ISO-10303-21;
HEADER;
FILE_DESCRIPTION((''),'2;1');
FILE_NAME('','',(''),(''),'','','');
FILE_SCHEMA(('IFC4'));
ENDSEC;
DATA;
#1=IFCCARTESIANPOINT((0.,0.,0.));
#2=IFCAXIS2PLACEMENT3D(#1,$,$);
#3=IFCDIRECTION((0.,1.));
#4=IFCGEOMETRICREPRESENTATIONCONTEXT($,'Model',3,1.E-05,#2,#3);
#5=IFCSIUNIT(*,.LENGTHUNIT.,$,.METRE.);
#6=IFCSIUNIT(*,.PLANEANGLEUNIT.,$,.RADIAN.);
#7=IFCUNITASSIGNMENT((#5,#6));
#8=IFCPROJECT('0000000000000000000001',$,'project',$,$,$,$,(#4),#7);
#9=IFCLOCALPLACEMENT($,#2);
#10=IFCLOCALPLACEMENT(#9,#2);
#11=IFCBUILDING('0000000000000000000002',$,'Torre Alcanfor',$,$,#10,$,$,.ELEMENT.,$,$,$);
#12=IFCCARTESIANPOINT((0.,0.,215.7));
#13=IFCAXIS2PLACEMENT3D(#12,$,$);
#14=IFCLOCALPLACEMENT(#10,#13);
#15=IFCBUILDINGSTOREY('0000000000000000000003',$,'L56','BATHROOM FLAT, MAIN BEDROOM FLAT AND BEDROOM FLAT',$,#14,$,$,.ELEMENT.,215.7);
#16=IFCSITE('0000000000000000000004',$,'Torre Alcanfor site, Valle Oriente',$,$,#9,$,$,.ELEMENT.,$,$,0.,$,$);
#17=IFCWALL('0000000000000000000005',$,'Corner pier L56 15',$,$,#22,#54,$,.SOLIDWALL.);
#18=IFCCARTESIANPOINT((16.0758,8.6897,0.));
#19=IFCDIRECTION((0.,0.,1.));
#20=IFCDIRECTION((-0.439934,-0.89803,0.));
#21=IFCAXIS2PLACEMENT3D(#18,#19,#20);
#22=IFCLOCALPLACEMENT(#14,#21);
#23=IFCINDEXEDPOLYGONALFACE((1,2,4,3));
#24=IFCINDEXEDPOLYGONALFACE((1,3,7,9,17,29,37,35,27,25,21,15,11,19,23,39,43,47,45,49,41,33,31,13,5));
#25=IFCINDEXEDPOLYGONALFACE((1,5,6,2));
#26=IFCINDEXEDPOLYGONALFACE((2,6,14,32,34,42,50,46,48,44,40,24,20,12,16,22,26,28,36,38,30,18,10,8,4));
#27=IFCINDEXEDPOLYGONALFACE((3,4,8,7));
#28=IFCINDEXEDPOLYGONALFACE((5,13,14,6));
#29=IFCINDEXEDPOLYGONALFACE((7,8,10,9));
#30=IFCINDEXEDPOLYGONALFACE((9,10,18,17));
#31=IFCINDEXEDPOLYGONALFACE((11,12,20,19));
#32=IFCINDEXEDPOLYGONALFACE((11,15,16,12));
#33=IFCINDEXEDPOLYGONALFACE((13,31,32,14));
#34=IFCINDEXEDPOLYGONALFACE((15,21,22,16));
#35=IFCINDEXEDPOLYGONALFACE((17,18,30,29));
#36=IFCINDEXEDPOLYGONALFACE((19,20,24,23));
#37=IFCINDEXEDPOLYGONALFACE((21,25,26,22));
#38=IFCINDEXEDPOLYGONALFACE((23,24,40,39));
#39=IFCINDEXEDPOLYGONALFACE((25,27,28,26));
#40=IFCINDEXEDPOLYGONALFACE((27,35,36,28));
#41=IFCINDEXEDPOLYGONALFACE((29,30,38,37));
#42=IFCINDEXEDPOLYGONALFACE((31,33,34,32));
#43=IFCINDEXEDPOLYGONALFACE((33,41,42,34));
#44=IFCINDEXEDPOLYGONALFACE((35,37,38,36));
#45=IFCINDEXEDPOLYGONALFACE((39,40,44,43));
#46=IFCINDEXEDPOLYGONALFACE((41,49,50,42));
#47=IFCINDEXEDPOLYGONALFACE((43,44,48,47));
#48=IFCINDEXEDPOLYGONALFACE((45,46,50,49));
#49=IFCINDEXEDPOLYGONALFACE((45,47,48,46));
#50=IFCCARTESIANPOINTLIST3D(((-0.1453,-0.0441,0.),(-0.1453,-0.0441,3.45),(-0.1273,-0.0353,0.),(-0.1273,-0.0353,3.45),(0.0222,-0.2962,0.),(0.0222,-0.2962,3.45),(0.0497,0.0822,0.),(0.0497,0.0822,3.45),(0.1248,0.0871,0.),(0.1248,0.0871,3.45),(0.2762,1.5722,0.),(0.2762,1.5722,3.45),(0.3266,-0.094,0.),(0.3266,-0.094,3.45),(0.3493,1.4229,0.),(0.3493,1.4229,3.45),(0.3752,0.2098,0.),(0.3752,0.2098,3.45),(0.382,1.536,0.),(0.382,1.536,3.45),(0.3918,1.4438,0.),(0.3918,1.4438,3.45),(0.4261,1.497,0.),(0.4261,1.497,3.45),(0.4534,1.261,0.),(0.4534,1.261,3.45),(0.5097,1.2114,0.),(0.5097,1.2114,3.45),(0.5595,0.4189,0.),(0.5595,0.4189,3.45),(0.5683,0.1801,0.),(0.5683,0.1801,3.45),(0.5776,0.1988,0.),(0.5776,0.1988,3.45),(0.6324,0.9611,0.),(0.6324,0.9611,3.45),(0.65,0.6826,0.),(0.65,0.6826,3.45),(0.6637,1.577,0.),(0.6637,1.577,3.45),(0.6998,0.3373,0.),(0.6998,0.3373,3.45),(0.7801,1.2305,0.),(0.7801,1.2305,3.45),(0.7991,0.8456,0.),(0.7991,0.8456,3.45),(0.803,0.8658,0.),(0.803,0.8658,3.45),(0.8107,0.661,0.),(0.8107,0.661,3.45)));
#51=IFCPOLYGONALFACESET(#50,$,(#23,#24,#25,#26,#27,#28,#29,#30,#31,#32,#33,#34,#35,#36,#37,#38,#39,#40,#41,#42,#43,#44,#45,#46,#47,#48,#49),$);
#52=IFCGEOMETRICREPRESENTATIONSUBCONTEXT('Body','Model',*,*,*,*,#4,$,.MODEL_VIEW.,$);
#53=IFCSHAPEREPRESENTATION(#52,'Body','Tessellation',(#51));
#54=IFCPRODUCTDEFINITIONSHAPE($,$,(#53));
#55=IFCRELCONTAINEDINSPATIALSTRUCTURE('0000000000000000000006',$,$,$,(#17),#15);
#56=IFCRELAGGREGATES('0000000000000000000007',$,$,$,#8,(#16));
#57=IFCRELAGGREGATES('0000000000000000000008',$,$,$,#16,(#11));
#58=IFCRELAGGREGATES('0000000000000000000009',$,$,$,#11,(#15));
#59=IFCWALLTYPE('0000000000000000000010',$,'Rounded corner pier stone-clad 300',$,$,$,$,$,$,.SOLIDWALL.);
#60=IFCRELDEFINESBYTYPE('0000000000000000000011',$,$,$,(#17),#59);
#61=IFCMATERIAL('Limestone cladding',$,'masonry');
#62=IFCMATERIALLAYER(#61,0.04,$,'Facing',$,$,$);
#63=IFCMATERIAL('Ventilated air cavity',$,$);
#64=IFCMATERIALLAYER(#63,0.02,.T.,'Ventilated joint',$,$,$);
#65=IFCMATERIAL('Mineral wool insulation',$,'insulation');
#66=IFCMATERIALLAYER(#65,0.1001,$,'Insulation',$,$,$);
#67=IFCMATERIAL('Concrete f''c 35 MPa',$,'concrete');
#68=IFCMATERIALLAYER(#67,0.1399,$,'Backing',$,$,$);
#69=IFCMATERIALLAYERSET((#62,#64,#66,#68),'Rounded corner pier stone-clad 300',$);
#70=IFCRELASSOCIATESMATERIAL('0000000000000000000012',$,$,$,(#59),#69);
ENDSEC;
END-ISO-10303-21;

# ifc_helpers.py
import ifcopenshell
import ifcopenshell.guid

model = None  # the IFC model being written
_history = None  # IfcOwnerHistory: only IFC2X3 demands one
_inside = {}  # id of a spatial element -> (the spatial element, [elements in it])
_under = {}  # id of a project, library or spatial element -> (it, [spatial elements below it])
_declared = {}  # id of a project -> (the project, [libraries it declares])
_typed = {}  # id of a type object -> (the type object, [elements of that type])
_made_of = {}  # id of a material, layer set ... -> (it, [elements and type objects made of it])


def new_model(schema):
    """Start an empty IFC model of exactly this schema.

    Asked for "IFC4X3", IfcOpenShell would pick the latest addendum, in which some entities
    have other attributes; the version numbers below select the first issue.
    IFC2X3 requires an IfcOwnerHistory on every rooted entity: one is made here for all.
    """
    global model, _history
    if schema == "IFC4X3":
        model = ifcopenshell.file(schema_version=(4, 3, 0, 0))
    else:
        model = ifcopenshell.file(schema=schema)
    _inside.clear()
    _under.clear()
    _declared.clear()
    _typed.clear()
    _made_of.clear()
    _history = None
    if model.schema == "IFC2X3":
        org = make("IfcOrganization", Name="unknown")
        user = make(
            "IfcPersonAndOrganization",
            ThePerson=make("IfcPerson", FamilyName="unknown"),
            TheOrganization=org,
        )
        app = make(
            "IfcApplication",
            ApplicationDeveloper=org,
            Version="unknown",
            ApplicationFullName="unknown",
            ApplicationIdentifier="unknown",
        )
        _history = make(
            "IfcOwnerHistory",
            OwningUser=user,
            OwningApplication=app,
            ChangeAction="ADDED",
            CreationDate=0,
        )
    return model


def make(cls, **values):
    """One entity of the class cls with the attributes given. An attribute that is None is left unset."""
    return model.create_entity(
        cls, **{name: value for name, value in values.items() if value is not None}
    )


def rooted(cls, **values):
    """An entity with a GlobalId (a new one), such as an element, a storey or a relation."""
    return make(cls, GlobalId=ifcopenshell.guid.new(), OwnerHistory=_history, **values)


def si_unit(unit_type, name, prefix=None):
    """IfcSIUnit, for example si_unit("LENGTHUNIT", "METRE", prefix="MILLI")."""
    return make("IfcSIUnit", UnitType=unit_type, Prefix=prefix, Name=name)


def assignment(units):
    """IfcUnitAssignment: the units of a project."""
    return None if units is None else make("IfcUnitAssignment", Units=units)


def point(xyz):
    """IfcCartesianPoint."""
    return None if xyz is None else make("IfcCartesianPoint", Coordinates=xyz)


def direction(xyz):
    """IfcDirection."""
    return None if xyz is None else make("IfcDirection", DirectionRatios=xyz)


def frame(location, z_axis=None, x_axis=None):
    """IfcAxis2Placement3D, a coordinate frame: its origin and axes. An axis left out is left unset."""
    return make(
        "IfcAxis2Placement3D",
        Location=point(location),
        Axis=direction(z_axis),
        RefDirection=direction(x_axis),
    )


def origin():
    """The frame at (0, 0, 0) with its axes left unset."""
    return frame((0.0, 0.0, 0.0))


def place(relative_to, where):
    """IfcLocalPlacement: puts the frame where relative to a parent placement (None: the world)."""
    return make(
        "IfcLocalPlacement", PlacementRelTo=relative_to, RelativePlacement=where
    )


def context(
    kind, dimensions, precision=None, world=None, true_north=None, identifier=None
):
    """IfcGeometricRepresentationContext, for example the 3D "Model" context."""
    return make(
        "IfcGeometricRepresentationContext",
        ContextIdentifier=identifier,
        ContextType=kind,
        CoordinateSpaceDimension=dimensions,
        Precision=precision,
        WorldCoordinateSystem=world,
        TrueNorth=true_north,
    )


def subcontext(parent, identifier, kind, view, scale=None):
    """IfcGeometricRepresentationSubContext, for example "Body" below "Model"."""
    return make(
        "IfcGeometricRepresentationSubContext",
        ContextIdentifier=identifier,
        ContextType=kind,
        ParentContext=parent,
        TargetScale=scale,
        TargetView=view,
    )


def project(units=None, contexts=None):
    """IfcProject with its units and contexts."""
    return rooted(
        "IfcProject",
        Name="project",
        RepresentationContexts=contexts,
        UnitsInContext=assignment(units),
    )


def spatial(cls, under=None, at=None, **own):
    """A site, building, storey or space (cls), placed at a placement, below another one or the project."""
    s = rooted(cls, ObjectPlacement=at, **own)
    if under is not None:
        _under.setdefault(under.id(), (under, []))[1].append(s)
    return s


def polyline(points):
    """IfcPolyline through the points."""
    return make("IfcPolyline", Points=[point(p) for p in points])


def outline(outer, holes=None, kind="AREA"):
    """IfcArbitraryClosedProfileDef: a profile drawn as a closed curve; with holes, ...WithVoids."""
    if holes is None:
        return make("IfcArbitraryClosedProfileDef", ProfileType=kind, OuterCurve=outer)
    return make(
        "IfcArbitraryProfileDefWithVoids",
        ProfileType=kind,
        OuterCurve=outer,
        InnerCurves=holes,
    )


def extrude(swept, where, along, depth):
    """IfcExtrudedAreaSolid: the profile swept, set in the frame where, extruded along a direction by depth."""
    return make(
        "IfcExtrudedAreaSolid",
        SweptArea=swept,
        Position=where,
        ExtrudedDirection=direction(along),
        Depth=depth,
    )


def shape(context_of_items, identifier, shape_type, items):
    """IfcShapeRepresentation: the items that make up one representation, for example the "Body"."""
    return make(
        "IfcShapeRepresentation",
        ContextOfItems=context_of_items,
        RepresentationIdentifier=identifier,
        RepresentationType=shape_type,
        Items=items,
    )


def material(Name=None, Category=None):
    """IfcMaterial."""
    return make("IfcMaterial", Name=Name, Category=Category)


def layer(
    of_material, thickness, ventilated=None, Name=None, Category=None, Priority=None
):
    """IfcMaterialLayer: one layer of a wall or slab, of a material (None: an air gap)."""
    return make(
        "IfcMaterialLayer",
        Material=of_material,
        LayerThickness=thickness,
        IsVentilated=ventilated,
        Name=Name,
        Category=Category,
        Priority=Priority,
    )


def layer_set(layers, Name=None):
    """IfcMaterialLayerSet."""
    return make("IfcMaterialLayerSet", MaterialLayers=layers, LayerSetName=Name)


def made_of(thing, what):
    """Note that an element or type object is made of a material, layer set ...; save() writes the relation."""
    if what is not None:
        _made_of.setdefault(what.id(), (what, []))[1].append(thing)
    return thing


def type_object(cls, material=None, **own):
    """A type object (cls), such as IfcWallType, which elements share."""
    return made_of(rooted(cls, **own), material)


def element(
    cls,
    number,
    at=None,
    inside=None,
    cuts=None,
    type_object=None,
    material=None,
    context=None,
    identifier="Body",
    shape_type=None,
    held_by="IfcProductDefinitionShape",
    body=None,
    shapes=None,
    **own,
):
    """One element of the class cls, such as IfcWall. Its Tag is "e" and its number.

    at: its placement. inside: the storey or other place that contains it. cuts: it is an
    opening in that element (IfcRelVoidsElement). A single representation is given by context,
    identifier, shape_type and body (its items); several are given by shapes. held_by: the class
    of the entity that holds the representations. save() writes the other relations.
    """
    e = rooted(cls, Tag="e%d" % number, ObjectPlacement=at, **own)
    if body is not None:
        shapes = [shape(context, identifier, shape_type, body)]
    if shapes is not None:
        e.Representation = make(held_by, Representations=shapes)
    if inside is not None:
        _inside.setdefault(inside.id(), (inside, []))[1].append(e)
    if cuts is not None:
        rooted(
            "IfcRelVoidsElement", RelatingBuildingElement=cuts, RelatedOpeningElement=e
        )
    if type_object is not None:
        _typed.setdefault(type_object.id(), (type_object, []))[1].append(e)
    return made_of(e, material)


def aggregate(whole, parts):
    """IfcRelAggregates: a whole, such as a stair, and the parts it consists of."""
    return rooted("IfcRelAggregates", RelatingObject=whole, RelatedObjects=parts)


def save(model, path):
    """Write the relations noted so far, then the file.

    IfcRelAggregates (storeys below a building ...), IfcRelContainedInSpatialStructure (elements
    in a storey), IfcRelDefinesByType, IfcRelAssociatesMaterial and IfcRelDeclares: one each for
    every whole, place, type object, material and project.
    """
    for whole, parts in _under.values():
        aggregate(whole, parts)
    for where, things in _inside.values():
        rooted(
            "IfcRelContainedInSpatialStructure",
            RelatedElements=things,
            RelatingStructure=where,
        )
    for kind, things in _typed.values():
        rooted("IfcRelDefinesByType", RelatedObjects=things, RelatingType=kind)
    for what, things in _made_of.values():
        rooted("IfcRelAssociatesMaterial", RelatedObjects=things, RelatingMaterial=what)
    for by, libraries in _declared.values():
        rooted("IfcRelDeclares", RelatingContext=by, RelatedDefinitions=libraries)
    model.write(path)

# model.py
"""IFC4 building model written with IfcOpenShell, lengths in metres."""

from ifc_helpers import new_model, si_unit, direction, frame, origin, place, context, subcontext, project, spatial, polyline, outline, extrude, material, layer, layer_set, type_object, element, save


model = new_model("IFC4")

# Units and contexts
model_context = context("Model", 3, precision=1e-05, world=origin(), true_north=direction((0.0, 1.0)))
body_context = subcontext(model_context, "Body", "Model", "MODEL_VIEW")
ifc_project = project(units=[si_unit("LENGTHUNIT", "METRE"), si_unit("PLANEANGLEUNIT", "RADIAN")], contexts=[model_context])

# Site, building, storey
site_placement = place(None, origin())
site = spatial("IfcSite", under=ifc_project, at=site_placement, Name="Torre Alcanfor site, Valle Oriente", CompositionType="ELEMENT", RefElevation=0.0)
building_placement = place(site_placement, origin())
building = spatial("IfcBuilding", under=site, at=building_placement, Name="Torre Alcanfor", CompositionType="ELEMENT")
storey_placement = place(building_placement, frame((0.0, 0.0, 215.7)))
storey = spatial("IfcBuildingStorey", under=building, at=storey_placement, Name="L56", Description="BATHROOM FLAT, MAIN BEDROOM FLAT AND BEDROOM FLAT", CompositionType="ELEMENT", Elevation=215.7)

# Shared definitions
ifc_material_1 = material(Name="Limestone cladding", Category="masonry")
ifc_material_2 = material(Name="Ventilated air cavity")
ifc_material_3 = material(Name="Mineral wool insulation", Category="insulation")
ifc_material_4 = material(Name="Concrete f'c 35 MPa", Category="concrete")

# Wall
ifc_layer_1 = layer(ifc_material_1, 0.04, Name="Facing")
ifc_layer_2 = layer(ifc_material_2, 0.02, ventilated=True, Name="Ventilated joint")
ifc_layer_3 = layer(ifc_material_3, 0.1001, Name="Insulation")
ifc_layer_4 = layer(ifc_material_4, 0.1399, Name="Backing")
ifc_layer_set_1 = layer_set([ifc_layer_1, ifc_layer_2, ifc_layer_3, ifc_layer_4], Name="Rounded corner pier stone-clad 300")
wall_type_1 = type_object("IfcWallType", Name="Rounded corner pier stone-clad 300", PredefinedType="SOLIDWALL", material=ifc_layer_set_1)
wall_1_placement = place(storey_placement, frame((16.0758, 8.6897, 0.0), z_axis=(0.0, 0.0, 1.0), x_axis=(-0.439934, -0.89803, 0.0)))
element("IfcWall", 1, at=wall_1_placement, inside=storey, type_object=wall_type_1, Name="Corner pier L56 15", PredefinedType="SOLIDWALL", context=body_context, shape_type="SweptSolid", body=[
    extrude(outline(polyline([(0.6637, 1.577), (0.4261, 1.497), (0.382, 1.536), (0.2762, 1.5722), (0.3493, 1.4229), (0.3918, 1.4438), (0.4534, 1.261), (0.5097, 1.2114), (0.6324, 0.9611), (0.65, 0.6826), (0.5595, 0.4189), (0.3752, 0.2098), (0.1248, 0.0871), (0.0497, 0.0822), (-0.1273, -0.0353), (-0.1453, -0.0441), (0.0222, -0.2962), (0.3266, -0.094), (0.5683, 0.1801), (0.5776, 0.1988), (0.6998, 0.3373), (0.8107, 0.661), (0.7991, 0.8456), (0.803, 0.8658), (0.7801, 1.2305), (0.6637, 1.577)])), origin(), (0.0, 0.0, 1.0), 3.45),
])

save(model, "model.ifc")
